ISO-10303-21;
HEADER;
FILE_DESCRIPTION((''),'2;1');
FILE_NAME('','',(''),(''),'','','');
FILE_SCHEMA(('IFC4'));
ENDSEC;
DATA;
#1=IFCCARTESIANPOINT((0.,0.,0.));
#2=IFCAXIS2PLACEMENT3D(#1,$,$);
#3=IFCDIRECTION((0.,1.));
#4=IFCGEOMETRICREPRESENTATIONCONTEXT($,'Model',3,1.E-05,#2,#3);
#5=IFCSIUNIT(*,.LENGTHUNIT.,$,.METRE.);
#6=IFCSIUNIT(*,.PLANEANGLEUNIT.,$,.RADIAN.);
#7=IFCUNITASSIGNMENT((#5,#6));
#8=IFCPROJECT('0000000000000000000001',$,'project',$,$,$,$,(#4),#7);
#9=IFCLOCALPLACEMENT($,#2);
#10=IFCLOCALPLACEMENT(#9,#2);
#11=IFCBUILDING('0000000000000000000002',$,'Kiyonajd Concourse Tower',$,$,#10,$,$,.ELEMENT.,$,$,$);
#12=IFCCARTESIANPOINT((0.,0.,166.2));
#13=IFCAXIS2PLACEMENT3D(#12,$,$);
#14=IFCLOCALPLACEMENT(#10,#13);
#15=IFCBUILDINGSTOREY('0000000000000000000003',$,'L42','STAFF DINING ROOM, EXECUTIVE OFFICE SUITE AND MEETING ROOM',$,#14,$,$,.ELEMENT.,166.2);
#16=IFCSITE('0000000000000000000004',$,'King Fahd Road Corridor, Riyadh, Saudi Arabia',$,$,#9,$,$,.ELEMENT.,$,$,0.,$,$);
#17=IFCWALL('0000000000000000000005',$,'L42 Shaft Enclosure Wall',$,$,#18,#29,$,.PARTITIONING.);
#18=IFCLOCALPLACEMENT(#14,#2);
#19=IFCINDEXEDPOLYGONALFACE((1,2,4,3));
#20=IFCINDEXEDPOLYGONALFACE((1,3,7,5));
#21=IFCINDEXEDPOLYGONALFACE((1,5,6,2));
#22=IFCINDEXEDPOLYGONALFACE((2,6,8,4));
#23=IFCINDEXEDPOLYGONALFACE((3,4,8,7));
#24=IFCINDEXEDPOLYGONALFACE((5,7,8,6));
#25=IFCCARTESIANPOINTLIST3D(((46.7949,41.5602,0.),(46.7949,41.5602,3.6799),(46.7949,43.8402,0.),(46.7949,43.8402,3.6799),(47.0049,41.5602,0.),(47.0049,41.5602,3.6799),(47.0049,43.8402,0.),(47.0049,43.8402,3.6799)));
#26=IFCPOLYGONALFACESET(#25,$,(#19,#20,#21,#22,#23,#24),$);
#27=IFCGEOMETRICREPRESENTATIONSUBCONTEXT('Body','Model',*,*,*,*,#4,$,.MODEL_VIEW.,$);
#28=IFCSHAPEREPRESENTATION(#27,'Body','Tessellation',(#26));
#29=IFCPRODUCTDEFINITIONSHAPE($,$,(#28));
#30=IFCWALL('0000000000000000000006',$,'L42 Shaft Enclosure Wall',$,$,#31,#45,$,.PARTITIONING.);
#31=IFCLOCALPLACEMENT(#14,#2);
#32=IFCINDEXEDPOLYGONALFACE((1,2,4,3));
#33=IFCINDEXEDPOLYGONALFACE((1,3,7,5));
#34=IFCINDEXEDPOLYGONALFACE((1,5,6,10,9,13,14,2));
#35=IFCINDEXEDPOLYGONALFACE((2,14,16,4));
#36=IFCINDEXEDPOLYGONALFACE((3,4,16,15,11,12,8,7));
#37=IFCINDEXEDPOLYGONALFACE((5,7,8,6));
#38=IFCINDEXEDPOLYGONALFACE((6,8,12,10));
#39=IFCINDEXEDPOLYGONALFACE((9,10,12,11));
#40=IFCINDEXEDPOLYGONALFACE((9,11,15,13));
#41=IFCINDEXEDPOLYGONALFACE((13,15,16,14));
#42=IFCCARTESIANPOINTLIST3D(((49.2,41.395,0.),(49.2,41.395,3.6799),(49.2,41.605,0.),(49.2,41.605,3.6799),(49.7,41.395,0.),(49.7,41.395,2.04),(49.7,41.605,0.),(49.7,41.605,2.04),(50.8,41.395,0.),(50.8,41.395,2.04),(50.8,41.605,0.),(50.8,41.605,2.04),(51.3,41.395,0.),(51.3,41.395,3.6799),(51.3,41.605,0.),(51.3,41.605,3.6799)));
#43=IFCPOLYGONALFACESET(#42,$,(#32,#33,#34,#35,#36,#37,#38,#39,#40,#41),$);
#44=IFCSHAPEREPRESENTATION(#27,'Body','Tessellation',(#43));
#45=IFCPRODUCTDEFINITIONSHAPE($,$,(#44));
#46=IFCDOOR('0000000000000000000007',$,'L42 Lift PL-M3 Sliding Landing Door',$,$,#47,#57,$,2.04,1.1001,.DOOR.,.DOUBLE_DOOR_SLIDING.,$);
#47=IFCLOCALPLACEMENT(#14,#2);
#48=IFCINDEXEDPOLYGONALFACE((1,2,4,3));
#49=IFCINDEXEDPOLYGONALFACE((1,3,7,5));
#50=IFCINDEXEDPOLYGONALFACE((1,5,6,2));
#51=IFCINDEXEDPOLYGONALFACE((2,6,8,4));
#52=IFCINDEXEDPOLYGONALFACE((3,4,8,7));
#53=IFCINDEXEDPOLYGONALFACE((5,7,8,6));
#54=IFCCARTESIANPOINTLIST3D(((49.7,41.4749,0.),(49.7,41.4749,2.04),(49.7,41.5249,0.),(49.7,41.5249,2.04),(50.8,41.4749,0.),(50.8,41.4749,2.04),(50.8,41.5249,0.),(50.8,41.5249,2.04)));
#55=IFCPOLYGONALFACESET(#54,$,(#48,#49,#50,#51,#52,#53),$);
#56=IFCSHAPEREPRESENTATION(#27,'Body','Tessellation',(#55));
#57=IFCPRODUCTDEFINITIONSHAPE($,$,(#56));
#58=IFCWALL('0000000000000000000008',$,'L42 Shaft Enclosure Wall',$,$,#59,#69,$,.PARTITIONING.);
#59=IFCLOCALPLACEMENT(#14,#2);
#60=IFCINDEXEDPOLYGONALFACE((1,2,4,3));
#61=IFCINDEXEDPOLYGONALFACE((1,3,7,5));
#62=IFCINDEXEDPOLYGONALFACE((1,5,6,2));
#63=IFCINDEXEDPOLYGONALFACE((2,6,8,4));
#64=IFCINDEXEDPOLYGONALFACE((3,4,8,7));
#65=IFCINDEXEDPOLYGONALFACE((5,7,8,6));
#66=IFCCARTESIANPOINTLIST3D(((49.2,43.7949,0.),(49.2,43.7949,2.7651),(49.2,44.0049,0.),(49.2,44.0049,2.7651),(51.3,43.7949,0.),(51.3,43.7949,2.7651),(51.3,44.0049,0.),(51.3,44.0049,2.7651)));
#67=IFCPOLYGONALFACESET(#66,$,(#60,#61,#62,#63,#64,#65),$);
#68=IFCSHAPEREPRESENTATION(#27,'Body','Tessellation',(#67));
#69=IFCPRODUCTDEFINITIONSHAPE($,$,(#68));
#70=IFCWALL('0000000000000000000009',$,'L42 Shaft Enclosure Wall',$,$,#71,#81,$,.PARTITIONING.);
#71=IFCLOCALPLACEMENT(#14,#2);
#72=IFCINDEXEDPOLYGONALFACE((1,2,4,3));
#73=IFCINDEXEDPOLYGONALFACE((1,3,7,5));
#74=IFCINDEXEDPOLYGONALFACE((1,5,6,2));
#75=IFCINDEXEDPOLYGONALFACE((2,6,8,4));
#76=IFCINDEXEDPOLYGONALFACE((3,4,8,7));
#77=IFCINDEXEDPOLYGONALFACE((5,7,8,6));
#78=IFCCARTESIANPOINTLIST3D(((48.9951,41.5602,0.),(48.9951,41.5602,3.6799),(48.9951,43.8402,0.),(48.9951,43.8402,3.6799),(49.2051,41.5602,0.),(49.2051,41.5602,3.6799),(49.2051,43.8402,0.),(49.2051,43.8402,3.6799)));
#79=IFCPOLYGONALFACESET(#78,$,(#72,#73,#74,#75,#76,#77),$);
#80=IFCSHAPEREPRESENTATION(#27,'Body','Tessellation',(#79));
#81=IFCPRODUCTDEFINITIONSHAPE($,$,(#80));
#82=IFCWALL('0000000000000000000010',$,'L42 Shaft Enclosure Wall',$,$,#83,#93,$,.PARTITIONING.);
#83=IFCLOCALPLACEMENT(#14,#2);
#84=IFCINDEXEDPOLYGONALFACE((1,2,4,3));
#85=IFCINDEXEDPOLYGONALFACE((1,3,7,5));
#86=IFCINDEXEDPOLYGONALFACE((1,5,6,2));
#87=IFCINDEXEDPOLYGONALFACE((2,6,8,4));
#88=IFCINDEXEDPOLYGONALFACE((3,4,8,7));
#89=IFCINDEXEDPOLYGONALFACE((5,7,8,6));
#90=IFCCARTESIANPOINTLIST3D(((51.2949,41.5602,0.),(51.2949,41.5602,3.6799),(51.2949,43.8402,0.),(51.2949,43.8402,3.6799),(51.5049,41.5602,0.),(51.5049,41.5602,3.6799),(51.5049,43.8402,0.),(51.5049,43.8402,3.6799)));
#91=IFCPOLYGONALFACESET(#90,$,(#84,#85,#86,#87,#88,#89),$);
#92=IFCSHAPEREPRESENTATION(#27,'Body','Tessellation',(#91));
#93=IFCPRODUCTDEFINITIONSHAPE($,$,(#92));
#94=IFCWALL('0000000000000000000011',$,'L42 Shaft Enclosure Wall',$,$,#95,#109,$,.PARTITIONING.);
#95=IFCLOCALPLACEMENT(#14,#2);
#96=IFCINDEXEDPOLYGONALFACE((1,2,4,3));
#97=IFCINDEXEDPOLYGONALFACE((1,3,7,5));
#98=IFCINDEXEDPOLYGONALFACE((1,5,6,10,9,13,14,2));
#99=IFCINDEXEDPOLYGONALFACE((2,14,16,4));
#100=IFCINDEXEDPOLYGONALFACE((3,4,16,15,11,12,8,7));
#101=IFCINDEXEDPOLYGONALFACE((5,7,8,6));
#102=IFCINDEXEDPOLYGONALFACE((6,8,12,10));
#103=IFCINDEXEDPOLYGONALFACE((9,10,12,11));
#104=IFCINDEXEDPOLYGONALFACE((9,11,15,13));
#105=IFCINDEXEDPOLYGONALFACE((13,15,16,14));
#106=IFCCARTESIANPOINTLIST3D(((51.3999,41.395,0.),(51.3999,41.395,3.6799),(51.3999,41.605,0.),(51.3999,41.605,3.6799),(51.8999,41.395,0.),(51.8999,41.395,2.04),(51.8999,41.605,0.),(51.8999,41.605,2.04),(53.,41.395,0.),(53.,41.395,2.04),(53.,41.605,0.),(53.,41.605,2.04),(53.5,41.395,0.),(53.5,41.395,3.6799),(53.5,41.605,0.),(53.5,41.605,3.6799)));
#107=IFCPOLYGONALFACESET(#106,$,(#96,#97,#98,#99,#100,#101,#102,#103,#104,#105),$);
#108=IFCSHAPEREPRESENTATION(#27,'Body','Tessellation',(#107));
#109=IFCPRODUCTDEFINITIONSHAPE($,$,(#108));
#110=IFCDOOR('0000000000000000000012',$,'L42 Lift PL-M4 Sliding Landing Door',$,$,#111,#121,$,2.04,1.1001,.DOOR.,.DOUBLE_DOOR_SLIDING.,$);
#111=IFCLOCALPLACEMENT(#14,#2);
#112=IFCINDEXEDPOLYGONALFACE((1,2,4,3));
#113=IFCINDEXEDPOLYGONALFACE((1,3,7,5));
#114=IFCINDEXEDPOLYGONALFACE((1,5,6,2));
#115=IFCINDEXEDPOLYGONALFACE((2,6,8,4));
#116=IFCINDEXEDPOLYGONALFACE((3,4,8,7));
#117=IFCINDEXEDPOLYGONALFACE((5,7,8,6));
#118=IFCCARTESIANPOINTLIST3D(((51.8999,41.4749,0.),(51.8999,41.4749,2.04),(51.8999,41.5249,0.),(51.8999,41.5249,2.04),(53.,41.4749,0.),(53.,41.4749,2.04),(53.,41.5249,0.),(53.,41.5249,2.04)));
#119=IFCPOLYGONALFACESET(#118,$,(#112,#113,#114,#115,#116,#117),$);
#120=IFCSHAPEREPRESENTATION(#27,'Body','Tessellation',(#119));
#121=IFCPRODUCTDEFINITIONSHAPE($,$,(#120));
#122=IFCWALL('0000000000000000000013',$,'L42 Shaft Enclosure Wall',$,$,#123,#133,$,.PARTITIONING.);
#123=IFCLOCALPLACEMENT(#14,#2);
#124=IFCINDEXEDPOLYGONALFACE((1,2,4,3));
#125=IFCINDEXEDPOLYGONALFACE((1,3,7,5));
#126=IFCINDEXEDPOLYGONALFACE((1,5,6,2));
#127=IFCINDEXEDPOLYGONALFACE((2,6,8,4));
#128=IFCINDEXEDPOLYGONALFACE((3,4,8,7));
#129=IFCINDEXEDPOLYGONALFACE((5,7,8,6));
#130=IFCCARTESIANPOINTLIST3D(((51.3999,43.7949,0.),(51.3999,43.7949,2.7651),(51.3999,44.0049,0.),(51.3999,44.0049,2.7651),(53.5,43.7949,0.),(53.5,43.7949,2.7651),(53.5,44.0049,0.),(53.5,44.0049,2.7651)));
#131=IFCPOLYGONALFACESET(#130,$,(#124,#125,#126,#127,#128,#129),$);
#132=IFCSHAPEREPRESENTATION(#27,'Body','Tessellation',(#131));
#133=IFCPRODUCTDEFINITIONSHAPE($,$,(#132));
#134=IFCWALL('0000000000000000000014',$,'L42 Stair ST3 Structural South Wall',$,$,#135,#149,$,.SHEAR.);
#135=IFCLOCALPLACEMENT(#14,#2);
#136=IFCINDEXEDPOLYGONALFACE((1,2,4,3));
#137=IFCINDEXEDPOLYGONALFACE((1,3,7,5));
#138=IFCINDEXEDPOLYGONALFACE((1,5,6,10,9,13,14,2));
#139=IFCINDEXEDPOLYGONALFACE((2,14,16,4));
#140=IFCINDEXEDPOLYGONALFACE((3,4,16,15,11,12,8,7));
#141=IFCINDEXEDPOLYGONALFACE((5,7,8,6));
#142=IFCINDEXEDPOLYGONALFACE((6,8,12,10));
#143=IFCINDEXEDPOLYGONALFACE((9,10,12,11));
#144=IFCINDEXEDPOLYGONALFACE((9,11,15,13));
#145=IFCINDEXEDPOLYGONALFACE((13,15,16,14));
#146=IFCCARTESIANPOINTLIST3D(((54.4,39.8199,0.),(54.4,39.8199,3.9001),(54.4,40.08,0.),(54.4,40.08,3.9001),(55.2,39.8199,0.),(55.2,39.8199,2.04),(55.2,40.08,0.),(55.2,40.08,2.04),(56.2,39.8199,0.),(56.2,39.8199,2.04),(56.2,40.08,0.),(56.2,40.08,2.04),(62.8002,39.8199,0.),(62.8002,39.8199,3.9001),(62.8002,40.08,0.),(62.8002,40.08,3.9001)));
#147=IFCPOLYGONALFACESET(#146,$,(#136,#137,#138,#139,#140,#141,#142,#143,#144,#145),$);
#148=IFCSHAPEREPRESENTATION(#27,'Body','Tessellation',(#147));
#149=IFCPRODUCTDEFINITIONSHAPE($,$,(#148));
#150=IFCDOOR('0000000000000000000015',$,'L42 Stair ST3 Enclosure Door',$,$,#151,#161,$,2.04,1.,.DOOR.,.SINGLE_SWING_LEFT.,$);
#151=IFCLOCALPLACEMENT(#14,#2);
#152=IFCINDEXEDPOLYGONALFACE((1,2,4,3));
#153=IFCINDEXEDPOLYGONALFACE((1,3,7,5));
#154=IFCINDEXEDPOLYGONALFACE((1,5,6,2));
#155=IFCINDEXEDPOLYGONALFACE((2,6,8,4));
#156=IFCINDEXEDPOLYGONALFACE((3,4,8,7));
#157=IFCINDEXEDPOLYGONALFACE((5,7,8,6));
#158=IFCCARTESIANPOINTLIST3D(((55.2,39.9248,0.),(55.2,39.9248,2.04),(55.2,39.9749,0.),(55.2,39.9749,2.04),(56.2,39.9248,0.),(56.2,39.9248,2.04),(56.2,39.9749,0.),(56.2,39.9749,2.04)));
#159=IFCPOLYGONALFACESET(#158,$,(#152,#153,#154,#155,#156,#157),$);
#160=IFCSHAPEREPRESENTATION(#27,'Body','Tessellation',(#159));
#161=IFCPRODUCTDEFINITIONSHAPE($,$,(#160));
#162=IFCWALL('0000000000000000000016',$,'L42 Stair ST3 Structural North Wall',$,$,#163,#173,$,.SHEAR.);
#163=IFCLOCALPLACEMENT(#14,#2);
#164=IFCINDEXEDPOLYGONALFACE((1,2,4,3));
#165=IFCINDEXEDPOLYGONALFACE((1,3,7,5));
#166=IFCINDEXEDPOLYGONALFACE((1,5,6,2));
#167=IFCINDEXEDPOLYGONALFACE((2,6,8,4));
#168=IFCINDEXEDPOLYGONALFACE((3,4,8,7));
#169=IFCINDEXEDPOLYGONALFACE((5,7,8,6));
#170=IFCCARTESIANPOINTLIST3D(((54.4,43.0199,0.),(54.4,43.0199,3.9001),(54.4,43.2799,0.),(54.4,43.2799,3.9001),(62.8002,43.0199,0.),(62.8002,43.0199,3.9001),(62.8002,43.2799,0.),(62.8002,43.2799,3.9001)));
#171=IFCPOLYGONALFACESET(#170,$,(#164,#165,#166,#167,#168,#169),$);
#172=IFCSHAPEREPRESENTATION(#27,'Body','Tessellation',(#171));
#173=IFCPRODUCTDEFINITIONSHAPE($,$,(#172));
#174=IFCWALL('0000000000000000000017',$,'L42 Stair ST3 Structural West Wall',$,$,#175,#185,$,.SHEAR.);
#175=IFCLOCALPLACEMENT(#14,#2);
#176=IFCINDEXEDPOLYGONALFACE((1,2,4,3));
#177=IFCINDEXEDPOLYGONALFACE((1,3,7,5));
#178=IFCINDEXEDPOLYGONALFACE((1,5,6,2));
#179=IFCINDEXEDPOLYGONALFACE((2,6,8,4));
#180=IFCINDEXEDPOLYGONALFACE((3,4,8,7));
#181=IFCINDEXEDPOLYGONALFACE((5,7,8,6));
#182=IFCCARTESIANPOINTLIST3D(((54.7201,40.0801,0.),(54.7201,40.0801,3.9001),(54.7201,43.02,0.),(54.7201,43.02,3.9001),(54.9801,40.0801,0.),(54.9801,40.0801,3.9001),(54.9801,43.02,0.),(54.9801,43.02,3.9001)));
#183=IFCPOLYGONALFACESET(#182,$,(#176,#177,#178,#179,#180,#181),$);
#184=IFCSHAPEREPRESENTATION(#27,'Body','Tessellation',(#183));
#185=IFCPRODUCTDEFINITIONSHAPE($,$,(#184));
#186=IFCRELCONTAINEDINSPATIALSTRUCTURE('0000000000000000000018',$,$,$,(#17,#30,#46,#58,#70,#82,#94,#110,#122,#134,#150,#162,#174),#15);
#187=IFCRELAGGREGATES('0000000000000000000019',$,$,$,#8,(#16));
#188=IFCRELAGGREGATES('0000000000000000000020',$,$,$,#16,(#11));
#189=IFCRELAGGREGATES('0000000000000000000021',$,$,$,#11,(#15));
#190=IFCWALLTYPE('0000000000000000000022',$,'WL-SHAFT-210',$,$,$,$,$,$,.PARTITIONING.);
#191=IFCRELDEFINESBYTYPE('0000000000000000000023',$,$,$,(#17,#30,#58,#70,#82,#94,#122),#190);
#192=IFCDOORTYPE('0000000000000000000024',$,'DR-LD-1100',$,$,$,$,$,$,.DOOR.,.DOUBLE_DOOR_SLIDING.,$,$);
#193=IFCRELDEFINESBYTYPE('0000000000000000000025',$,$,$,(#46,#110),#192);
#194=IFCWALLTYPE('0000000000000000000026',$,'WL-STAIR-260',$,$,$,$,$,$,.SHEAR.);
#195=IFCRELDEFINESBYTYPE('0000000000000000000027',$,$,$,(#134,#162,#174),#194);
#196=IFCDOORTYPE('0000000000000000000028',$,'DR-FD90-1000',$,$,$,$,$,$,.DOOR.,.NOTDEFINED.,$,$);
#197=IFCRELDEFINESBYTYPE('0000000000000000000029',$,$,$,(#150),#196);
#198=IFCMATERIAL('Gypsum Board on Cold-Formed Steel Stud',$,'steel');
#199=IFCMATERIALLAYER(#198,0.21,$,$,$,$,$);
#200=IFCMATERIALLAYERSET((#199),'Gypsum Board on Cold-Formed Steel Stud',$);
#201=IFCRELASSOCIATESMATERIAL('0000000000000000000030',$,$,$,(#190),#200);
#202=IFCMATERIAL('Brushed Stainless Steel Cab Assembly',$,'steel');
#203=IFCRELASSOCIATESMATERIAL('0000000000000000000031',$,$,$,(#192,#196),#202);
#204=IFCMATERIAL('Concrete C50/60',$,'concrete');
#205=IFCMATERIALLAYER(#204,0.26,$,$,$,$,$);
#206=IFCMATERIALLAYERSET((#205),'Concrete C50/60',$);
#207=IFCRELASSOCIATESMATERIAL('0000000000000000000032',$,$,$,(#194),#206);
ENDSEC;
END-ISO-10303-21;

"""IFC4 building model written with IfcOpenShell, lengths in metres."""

from ifc_helpers import new_model, si_unit, direction, frame, frame_2d, origin, place, context, subcontext, project, spatial, rectangle, extrude, material, layer, layer_set, type_object, element, fill, save


model = new_model("IFC4")

# Units and contexts
model_context = context("Model", 3, precision=1e-05, world=origin(), true_north=direction((0.0, 1.0)))
body_context = subcontext(model_context, "Body", "Model", "MODEL_VIEW")
ifc_project = project(units=[si_unit("LENGTHUNIT", "METRE"), si_unit("PLANEANGLEUNIT", "RADIAN")], contexts=[model_context])

# Site, building, storey
site_placement = place(None, origin())
site = spatial("IfcSite", under=ifc_project, at=site_placement, Name="King Fahd Road Corridor, Riyadh, Saudi Arabia", CompositionType="ELEMENT", RefElevation=0.0)
building_placement = place(site_placement, origin())
building = spatial("IfcBuilding", under=site, at=building_placement, Name="Kiyonajd Concourse Tower", CompositionType="ELEMENT")
storey_placement = place(building_placement, frame((0.0, 0.0, 166.2)))
storey = spatial("IfcBuildingStorey", under=building, at=storey_placement, Name="L42", Description="STAFF DINING ROOM, EXECUTIVE OFFICE SUITE AND MEETING ROOM", CompositionType="ELEMENT", Elevation=166.2)

# Shared definitions
ifc_material_1 = material(Name="Concrete C50/60", Category="concrete")

# Shared definitions
ifc_material_2 = material(Name="Gypsum Board on Cold-Formed Steel Stud", Category="steel")
ifc_layer_1 = layer(ifc_material_2, 0.21)
ifc_layer_set_1 = layer_set([ifc_layer_1], Name="Gypsum Board on Cold-Formed Steel Stud")
wall_type_1 = type_object("IfcWallType", Name="WL-SHAFT-210", PredefinedType="PARTITIONING", material=ifc_layer_set_1)

# Shared definitions
ifc_material_3 = material(Name="Brushed Stainless Steel Cab Assembly", Category="steel")
door_type_1 = type_object("IfcDoorType", Name="DR-LD-1100", OperationType="DOUBLE_DOOR_SLIDING", PredefinedType="DOOR", material=ifc_material_3)

# Wall
wall_1_placement = place(storey_placement, frame((46.8999, 41.5601, 0.0), z_axis=(0.0, 0.0, 1.0), x_axis=(0.0, 1.0, 0.0)))
element("IfcWall", 1, at=wall_1_placement, inside=storey, type_object=wall_type_1, Name="L42 Shaft Enclosure Wall", PredefinedType="PARTITIONING", context=body_context, shape_type="SweptSolid", body=[
    extrude(rectangle(XDim=2.28, YDim=0.21, at=frame_2d((1.1401, 0.0))), origin(), (0.0, 0.0, 1.0), 3.6799),
])

# Wall, opening, door
wall_2_placement = place(storey_placement, frame((49.2, 41.5, 0.0), z_axis=(0.0, 0.0, 1.0), x_axis=(1.0, 0.0, 0.0)))
wall_2 = element("IfcWall", 2, at=wall_2_placement, inside=storey, type_object=wall_type_1, Name="L42 Shaft Enclosure Wall", PredefinedType="PARTITIONING", context=body_context, shape_type="SweptSolid", body=[
    extrude(rectangle(XDim=2.1001, YDim=0.21, at=frame_2d((1.05, 0.0))), origin(), (0.0, 0.0, 1.0), 3.6799),
])
opening_1_placement = place(wall_2_placement, frame((0.5, 0.0, 0.0)))
opening_1 = element("IfcOpeningElement", 3, at=opening_1_placement, cuts=wall_2, PredefinedType="OPENING", context=body_context, shape_type="SweptSolid", body=[
    extrude(rectangle(XDim=1.1001, YDim=2.04, at=frame_2d((0.55, 1.02))), frame((0.0, 0.115, 0.0), z_axis=(0.0, -1.0, 0.0), x_axis=(1.0, 0.0, 0.0)), (0.0, 0.0, 1.0), 0.23),
])
door_1_placement = place(opening_1_placement, origin())
door_1 = element("IfcDoor", 4, at=door_1_placement, inside=storey, type_object=door_type_1, Name="L42 Lift PL-M3 Sliding Landing Door", OperationType="DOUBLE_DOOR_SLIDING", OverallHeight=2.04, OverallWidth=1.1001, PredefinedType="DOOR", context=body_context, shape_type="SweptSolid", body=[
    extrude(rectangle(XDim=1.1001, YDim=2.04, at=frame_2d((0.55, 1.02))), frame((0.0, 0.0249, 0.0), z_axis=(0.0, -1.0, 0.0), x_axis=(1.0, 0.0, 0.0)), (0.0, 0.0, 1.0), 0.05),
])
fill(opening_1, door_1)

# Walls
wall_3_placement = place(storey_placement, frame((49.2, 43.8999, 0.0), z_axis=(0.0, 0.0, 1.0), x_axis=(1.0, 0.0, 0.0)))
element("IfcWall", 5, at=wall_3_placement, inside=storey, type_object=wall_type_1, Name="L42 Shaft Enclosure Wall", PredefinedType="PARTITIONING", context=body_context, shape_type="SweptSolid", body=[
    extrude(rectangle(XDim=2.1001, YDim=0.21, at=frame_2d((1.05, 0.0))), origin(), (0.0, 0.0, 1.0), 2.7651),
])
for number, where, z_axis, x_axis, name in (
    (6, (49.1001, 41.5601, 0.0), (0.0, 0.0, 1.0), (0.0, 1.0, 0.0), "L42 Shaft Enclosure Wall"),
    (7, (51.3999, 41.5601, 0.0), (0.0, 0.0, 1.0), (0.0, 1.0, 0.0), "L42 Shaft Enclosure Wall"),
):
    element("IfcWall", number, at=place(storey_placement, frame(where, z_axis=z_axis, x_axis=x_axis)), inside=storey, type_object=wall_type_1, Name=name, PredefinedType="PARTITIONING", context=body_context, shape_type="SweptSolid", body=[
        extrude(rectangle(XDim=2.28, YDim=0.21, at=frame_2d((1.1401, 0.0))), origin(), (0.0, 0.0, 1.0), 3.6799),
    ])

# Wall, opening, door
wall_4_placement = place(storey_placement, frame((51.3999, 41.5, 0.0), z_axis=(0.0, 0.0, 1.0), x_axis=(1.0, 0.0, 0.0)))
wall_4 = element("IfcWall", 8, at=wall_4_placement, inside=storey, type_object=wall_type_1, Name="L42 Shaft Enclosure Wall", PredefinedType="PARTITIONING", context=body_context, shape_type="SweptSolid", body=[
    extrude(rectangle(XDim=2.1001, YDim=0.21, at=frame_2d((1.05, 0.0))), origin(), (0.0, 0.0, 1.0), 3.6799),
])
opening_2_placement = place(wall_4_placement, frame((0.5, 0.0, 0.0)))
opening_2 = element("IfcOpeningElement", 9, at=opening_2_placement, cuts=wall_4, PredefinedType="OPENING", context=body_context, shape_type="SweptSolid", body=[
    extrude(rectangle(XDim=1.1001, YDim=2.04, at=frame_2d((0.55, 1.02))), frame((0.0, 0.115, 0.0), z_axis=(0.0, -1.0, 0.0), x_axis=(1.0, 0.0, 0.0)), (0.0, 0.0, 1.0), 0.23),
])
door_2_placement = place(opening_2_placement, origin())
door_2 = element("IfcDoor", 10, at=door_2_placement, inside=storey, type_object=door_type_1, Name="L42 Lift PL-M4 Sliding Landing Door", OperationType="DOUBLE_DOOR_SLIDING", OverallHeight=2.04, OverallWidth=1.1001, PredefinedType="DOOR", context=body_context, shape_type="SweptSolid", body=[
    extrude(rectangle(XDim=1.1001, YDim=2.04, at=frame_2d((0.55, 1.02))), frame((0.0, 0.0249, 0.0), z_axis=(0.0, -1.0, 0.0), x_axis=(1.0, 0.0, 0.0)), (0.0, 0.0, 1.0), 0.05),
])
fill(opening_2, door_2)

# Wall
wall_5_placement = place(storey_placement, frame((51.3999, 43.8999, 0.0), z_axis=(0.0, 0.0, 1.0), x_axis=(1.0, 0.0, 0.0)))
element("IfcWall", 11, at=wall_5_placement, inside=storey, type_object=wall_type_1, Name="L42 Shaft Enclosure Wall", PredefinedType="PARTITIONING", context=body_context, shape_type="SweptSolid", body=[
    extrude(rectangle(XDim=2.1001, YDim=0.21, at=frame_2d((1.05, 0.0))), origin(), (0.0, 0.0, 1.0), 2.7651),
])

# Wall, opening, door
ifc_layer_2 = layer(ifc_material_1, 0.26)
ifc_layer_set_2 = layer_set([ifc_layer_2], Name="Concrete C50/60")
wall_type_2 = type_object("IfcWallType", Name="WL-STAIR-260", PredefinedType="SHEAR", material=ifc_layer_set_2)
wall_6_placement = place(storey_placement, frame((54.3999, 39.95, 0.0), z_axis=(0.0, 0.0, 1.0), x_axis=(1.0, 0.0, 0.0)))
wall_6 = element("IfcWall", 12, at=wall_6_placement, inside=storey, type_object=wall_type_2, Name="L42 Stair ST3 Structural South Wall", PredefinedType="SHEAR", context=body_context, shape_type="SweptSolid", body=[
    extrude(rectangle(XDim=8.4001, YDim=0.26, at=frame_2d((4.2002, 0.0))), origin(), (0.0, 0.0, 1.0), 3.9001),
])
opening_3_placement = place(wall_6_placement, frame((0.8, 0.0, 0.0)))
opening_3 = element("IfcOpeningElement", 13, at=opening_3_placement, cuts=wall_6, PredefinedType="OPENING", context=body_context, shape_type="SweptSolid", body=[
    extrude(rectangle(XDim=1.0, YDim=2.04, at=frame_2d((0.5, 1.02))), frame((0.0, 0.1399, 0.0), z_axis=(0.0, -1.0, 0.0), x_axis=(1.0, 0.0, 0.0)), (0.0, 0.0, 1.0), 0.28),
])
door_type_2 = type_object("IfcDoorType", Name="DR-FD90-1000", OperationType="NOTDEFINED", PredefinedType="DOOR", material=ifc_material_3)
door_3_placement = place(opening_3_placement, origin())
door_3 = element("IfcDoor", 14, at=door_3_placement, inside=storey, type_object=door_type_2, Name="L42 Stair ST3 Enclosure Door", OperationType="SINGLE_SWING_LEFT", OverallHeight=2.04, OverallWidth=1.0, PredefinedType="DOOR", context=body_context, shape_type="SweptSolid", body=[
    extrude(rectangle(XDim=1.0, YDim=2.04, at=frame_2d((0.5, 1.02))), frame((0.0, 0.0249, 0.0), z_axis=(0.0, -1.0, 0.0), x_axis=(1.0, 0.0, 0.0)), (0.0, 0.0, 1.0), 0.05),
])
fill(opening_3, door_3)

# Walls
wall_7_placement = place(storey_placement, frame((54.3999, 43.1499, 0.0), z_axis=(0.0, 0.0, 1.0), x_axis=(1.0, 0.0, 0.0)))
element("IfcWall", 15, at=wall_7_placement, inside=storey, type_object=wall_type_2, Name="L42 Stair ST3 Structural North Wall", PredefinedType="SHEAR", context=body_context, shape_type="SweptSolid", body=[
    extrude(rectangle(XDim=8.4001, YDim=0.26, at=frame_2d((4.2002, 0.0))), origin(), (0.0, 0.0, 1.0), 3.9001),
])
wall_8_placement = place(storey_placement, frame((54.8501, 40.0801, 0.0), z_axis=(0.0, 0.0, 1.0), x_axis=(0.0, 1.0, 0.0)))
element("IfcWall", 16, at=wall_8_placement, inside=storey, type_object=wall_type_2, Name="L42 Stair ST3 Structural West Wall", PredefinedType="SHEAR", context=body_context, shape_type="SweptSolid", body=[
    extrude(rectangle(XDim=2.9399, YDim=0.26, at=frame_2d((1.47, 0.0))), origin(), (0.0, 0.0, 1.0), 3.9001),
])

save(model, "model.ifc")
